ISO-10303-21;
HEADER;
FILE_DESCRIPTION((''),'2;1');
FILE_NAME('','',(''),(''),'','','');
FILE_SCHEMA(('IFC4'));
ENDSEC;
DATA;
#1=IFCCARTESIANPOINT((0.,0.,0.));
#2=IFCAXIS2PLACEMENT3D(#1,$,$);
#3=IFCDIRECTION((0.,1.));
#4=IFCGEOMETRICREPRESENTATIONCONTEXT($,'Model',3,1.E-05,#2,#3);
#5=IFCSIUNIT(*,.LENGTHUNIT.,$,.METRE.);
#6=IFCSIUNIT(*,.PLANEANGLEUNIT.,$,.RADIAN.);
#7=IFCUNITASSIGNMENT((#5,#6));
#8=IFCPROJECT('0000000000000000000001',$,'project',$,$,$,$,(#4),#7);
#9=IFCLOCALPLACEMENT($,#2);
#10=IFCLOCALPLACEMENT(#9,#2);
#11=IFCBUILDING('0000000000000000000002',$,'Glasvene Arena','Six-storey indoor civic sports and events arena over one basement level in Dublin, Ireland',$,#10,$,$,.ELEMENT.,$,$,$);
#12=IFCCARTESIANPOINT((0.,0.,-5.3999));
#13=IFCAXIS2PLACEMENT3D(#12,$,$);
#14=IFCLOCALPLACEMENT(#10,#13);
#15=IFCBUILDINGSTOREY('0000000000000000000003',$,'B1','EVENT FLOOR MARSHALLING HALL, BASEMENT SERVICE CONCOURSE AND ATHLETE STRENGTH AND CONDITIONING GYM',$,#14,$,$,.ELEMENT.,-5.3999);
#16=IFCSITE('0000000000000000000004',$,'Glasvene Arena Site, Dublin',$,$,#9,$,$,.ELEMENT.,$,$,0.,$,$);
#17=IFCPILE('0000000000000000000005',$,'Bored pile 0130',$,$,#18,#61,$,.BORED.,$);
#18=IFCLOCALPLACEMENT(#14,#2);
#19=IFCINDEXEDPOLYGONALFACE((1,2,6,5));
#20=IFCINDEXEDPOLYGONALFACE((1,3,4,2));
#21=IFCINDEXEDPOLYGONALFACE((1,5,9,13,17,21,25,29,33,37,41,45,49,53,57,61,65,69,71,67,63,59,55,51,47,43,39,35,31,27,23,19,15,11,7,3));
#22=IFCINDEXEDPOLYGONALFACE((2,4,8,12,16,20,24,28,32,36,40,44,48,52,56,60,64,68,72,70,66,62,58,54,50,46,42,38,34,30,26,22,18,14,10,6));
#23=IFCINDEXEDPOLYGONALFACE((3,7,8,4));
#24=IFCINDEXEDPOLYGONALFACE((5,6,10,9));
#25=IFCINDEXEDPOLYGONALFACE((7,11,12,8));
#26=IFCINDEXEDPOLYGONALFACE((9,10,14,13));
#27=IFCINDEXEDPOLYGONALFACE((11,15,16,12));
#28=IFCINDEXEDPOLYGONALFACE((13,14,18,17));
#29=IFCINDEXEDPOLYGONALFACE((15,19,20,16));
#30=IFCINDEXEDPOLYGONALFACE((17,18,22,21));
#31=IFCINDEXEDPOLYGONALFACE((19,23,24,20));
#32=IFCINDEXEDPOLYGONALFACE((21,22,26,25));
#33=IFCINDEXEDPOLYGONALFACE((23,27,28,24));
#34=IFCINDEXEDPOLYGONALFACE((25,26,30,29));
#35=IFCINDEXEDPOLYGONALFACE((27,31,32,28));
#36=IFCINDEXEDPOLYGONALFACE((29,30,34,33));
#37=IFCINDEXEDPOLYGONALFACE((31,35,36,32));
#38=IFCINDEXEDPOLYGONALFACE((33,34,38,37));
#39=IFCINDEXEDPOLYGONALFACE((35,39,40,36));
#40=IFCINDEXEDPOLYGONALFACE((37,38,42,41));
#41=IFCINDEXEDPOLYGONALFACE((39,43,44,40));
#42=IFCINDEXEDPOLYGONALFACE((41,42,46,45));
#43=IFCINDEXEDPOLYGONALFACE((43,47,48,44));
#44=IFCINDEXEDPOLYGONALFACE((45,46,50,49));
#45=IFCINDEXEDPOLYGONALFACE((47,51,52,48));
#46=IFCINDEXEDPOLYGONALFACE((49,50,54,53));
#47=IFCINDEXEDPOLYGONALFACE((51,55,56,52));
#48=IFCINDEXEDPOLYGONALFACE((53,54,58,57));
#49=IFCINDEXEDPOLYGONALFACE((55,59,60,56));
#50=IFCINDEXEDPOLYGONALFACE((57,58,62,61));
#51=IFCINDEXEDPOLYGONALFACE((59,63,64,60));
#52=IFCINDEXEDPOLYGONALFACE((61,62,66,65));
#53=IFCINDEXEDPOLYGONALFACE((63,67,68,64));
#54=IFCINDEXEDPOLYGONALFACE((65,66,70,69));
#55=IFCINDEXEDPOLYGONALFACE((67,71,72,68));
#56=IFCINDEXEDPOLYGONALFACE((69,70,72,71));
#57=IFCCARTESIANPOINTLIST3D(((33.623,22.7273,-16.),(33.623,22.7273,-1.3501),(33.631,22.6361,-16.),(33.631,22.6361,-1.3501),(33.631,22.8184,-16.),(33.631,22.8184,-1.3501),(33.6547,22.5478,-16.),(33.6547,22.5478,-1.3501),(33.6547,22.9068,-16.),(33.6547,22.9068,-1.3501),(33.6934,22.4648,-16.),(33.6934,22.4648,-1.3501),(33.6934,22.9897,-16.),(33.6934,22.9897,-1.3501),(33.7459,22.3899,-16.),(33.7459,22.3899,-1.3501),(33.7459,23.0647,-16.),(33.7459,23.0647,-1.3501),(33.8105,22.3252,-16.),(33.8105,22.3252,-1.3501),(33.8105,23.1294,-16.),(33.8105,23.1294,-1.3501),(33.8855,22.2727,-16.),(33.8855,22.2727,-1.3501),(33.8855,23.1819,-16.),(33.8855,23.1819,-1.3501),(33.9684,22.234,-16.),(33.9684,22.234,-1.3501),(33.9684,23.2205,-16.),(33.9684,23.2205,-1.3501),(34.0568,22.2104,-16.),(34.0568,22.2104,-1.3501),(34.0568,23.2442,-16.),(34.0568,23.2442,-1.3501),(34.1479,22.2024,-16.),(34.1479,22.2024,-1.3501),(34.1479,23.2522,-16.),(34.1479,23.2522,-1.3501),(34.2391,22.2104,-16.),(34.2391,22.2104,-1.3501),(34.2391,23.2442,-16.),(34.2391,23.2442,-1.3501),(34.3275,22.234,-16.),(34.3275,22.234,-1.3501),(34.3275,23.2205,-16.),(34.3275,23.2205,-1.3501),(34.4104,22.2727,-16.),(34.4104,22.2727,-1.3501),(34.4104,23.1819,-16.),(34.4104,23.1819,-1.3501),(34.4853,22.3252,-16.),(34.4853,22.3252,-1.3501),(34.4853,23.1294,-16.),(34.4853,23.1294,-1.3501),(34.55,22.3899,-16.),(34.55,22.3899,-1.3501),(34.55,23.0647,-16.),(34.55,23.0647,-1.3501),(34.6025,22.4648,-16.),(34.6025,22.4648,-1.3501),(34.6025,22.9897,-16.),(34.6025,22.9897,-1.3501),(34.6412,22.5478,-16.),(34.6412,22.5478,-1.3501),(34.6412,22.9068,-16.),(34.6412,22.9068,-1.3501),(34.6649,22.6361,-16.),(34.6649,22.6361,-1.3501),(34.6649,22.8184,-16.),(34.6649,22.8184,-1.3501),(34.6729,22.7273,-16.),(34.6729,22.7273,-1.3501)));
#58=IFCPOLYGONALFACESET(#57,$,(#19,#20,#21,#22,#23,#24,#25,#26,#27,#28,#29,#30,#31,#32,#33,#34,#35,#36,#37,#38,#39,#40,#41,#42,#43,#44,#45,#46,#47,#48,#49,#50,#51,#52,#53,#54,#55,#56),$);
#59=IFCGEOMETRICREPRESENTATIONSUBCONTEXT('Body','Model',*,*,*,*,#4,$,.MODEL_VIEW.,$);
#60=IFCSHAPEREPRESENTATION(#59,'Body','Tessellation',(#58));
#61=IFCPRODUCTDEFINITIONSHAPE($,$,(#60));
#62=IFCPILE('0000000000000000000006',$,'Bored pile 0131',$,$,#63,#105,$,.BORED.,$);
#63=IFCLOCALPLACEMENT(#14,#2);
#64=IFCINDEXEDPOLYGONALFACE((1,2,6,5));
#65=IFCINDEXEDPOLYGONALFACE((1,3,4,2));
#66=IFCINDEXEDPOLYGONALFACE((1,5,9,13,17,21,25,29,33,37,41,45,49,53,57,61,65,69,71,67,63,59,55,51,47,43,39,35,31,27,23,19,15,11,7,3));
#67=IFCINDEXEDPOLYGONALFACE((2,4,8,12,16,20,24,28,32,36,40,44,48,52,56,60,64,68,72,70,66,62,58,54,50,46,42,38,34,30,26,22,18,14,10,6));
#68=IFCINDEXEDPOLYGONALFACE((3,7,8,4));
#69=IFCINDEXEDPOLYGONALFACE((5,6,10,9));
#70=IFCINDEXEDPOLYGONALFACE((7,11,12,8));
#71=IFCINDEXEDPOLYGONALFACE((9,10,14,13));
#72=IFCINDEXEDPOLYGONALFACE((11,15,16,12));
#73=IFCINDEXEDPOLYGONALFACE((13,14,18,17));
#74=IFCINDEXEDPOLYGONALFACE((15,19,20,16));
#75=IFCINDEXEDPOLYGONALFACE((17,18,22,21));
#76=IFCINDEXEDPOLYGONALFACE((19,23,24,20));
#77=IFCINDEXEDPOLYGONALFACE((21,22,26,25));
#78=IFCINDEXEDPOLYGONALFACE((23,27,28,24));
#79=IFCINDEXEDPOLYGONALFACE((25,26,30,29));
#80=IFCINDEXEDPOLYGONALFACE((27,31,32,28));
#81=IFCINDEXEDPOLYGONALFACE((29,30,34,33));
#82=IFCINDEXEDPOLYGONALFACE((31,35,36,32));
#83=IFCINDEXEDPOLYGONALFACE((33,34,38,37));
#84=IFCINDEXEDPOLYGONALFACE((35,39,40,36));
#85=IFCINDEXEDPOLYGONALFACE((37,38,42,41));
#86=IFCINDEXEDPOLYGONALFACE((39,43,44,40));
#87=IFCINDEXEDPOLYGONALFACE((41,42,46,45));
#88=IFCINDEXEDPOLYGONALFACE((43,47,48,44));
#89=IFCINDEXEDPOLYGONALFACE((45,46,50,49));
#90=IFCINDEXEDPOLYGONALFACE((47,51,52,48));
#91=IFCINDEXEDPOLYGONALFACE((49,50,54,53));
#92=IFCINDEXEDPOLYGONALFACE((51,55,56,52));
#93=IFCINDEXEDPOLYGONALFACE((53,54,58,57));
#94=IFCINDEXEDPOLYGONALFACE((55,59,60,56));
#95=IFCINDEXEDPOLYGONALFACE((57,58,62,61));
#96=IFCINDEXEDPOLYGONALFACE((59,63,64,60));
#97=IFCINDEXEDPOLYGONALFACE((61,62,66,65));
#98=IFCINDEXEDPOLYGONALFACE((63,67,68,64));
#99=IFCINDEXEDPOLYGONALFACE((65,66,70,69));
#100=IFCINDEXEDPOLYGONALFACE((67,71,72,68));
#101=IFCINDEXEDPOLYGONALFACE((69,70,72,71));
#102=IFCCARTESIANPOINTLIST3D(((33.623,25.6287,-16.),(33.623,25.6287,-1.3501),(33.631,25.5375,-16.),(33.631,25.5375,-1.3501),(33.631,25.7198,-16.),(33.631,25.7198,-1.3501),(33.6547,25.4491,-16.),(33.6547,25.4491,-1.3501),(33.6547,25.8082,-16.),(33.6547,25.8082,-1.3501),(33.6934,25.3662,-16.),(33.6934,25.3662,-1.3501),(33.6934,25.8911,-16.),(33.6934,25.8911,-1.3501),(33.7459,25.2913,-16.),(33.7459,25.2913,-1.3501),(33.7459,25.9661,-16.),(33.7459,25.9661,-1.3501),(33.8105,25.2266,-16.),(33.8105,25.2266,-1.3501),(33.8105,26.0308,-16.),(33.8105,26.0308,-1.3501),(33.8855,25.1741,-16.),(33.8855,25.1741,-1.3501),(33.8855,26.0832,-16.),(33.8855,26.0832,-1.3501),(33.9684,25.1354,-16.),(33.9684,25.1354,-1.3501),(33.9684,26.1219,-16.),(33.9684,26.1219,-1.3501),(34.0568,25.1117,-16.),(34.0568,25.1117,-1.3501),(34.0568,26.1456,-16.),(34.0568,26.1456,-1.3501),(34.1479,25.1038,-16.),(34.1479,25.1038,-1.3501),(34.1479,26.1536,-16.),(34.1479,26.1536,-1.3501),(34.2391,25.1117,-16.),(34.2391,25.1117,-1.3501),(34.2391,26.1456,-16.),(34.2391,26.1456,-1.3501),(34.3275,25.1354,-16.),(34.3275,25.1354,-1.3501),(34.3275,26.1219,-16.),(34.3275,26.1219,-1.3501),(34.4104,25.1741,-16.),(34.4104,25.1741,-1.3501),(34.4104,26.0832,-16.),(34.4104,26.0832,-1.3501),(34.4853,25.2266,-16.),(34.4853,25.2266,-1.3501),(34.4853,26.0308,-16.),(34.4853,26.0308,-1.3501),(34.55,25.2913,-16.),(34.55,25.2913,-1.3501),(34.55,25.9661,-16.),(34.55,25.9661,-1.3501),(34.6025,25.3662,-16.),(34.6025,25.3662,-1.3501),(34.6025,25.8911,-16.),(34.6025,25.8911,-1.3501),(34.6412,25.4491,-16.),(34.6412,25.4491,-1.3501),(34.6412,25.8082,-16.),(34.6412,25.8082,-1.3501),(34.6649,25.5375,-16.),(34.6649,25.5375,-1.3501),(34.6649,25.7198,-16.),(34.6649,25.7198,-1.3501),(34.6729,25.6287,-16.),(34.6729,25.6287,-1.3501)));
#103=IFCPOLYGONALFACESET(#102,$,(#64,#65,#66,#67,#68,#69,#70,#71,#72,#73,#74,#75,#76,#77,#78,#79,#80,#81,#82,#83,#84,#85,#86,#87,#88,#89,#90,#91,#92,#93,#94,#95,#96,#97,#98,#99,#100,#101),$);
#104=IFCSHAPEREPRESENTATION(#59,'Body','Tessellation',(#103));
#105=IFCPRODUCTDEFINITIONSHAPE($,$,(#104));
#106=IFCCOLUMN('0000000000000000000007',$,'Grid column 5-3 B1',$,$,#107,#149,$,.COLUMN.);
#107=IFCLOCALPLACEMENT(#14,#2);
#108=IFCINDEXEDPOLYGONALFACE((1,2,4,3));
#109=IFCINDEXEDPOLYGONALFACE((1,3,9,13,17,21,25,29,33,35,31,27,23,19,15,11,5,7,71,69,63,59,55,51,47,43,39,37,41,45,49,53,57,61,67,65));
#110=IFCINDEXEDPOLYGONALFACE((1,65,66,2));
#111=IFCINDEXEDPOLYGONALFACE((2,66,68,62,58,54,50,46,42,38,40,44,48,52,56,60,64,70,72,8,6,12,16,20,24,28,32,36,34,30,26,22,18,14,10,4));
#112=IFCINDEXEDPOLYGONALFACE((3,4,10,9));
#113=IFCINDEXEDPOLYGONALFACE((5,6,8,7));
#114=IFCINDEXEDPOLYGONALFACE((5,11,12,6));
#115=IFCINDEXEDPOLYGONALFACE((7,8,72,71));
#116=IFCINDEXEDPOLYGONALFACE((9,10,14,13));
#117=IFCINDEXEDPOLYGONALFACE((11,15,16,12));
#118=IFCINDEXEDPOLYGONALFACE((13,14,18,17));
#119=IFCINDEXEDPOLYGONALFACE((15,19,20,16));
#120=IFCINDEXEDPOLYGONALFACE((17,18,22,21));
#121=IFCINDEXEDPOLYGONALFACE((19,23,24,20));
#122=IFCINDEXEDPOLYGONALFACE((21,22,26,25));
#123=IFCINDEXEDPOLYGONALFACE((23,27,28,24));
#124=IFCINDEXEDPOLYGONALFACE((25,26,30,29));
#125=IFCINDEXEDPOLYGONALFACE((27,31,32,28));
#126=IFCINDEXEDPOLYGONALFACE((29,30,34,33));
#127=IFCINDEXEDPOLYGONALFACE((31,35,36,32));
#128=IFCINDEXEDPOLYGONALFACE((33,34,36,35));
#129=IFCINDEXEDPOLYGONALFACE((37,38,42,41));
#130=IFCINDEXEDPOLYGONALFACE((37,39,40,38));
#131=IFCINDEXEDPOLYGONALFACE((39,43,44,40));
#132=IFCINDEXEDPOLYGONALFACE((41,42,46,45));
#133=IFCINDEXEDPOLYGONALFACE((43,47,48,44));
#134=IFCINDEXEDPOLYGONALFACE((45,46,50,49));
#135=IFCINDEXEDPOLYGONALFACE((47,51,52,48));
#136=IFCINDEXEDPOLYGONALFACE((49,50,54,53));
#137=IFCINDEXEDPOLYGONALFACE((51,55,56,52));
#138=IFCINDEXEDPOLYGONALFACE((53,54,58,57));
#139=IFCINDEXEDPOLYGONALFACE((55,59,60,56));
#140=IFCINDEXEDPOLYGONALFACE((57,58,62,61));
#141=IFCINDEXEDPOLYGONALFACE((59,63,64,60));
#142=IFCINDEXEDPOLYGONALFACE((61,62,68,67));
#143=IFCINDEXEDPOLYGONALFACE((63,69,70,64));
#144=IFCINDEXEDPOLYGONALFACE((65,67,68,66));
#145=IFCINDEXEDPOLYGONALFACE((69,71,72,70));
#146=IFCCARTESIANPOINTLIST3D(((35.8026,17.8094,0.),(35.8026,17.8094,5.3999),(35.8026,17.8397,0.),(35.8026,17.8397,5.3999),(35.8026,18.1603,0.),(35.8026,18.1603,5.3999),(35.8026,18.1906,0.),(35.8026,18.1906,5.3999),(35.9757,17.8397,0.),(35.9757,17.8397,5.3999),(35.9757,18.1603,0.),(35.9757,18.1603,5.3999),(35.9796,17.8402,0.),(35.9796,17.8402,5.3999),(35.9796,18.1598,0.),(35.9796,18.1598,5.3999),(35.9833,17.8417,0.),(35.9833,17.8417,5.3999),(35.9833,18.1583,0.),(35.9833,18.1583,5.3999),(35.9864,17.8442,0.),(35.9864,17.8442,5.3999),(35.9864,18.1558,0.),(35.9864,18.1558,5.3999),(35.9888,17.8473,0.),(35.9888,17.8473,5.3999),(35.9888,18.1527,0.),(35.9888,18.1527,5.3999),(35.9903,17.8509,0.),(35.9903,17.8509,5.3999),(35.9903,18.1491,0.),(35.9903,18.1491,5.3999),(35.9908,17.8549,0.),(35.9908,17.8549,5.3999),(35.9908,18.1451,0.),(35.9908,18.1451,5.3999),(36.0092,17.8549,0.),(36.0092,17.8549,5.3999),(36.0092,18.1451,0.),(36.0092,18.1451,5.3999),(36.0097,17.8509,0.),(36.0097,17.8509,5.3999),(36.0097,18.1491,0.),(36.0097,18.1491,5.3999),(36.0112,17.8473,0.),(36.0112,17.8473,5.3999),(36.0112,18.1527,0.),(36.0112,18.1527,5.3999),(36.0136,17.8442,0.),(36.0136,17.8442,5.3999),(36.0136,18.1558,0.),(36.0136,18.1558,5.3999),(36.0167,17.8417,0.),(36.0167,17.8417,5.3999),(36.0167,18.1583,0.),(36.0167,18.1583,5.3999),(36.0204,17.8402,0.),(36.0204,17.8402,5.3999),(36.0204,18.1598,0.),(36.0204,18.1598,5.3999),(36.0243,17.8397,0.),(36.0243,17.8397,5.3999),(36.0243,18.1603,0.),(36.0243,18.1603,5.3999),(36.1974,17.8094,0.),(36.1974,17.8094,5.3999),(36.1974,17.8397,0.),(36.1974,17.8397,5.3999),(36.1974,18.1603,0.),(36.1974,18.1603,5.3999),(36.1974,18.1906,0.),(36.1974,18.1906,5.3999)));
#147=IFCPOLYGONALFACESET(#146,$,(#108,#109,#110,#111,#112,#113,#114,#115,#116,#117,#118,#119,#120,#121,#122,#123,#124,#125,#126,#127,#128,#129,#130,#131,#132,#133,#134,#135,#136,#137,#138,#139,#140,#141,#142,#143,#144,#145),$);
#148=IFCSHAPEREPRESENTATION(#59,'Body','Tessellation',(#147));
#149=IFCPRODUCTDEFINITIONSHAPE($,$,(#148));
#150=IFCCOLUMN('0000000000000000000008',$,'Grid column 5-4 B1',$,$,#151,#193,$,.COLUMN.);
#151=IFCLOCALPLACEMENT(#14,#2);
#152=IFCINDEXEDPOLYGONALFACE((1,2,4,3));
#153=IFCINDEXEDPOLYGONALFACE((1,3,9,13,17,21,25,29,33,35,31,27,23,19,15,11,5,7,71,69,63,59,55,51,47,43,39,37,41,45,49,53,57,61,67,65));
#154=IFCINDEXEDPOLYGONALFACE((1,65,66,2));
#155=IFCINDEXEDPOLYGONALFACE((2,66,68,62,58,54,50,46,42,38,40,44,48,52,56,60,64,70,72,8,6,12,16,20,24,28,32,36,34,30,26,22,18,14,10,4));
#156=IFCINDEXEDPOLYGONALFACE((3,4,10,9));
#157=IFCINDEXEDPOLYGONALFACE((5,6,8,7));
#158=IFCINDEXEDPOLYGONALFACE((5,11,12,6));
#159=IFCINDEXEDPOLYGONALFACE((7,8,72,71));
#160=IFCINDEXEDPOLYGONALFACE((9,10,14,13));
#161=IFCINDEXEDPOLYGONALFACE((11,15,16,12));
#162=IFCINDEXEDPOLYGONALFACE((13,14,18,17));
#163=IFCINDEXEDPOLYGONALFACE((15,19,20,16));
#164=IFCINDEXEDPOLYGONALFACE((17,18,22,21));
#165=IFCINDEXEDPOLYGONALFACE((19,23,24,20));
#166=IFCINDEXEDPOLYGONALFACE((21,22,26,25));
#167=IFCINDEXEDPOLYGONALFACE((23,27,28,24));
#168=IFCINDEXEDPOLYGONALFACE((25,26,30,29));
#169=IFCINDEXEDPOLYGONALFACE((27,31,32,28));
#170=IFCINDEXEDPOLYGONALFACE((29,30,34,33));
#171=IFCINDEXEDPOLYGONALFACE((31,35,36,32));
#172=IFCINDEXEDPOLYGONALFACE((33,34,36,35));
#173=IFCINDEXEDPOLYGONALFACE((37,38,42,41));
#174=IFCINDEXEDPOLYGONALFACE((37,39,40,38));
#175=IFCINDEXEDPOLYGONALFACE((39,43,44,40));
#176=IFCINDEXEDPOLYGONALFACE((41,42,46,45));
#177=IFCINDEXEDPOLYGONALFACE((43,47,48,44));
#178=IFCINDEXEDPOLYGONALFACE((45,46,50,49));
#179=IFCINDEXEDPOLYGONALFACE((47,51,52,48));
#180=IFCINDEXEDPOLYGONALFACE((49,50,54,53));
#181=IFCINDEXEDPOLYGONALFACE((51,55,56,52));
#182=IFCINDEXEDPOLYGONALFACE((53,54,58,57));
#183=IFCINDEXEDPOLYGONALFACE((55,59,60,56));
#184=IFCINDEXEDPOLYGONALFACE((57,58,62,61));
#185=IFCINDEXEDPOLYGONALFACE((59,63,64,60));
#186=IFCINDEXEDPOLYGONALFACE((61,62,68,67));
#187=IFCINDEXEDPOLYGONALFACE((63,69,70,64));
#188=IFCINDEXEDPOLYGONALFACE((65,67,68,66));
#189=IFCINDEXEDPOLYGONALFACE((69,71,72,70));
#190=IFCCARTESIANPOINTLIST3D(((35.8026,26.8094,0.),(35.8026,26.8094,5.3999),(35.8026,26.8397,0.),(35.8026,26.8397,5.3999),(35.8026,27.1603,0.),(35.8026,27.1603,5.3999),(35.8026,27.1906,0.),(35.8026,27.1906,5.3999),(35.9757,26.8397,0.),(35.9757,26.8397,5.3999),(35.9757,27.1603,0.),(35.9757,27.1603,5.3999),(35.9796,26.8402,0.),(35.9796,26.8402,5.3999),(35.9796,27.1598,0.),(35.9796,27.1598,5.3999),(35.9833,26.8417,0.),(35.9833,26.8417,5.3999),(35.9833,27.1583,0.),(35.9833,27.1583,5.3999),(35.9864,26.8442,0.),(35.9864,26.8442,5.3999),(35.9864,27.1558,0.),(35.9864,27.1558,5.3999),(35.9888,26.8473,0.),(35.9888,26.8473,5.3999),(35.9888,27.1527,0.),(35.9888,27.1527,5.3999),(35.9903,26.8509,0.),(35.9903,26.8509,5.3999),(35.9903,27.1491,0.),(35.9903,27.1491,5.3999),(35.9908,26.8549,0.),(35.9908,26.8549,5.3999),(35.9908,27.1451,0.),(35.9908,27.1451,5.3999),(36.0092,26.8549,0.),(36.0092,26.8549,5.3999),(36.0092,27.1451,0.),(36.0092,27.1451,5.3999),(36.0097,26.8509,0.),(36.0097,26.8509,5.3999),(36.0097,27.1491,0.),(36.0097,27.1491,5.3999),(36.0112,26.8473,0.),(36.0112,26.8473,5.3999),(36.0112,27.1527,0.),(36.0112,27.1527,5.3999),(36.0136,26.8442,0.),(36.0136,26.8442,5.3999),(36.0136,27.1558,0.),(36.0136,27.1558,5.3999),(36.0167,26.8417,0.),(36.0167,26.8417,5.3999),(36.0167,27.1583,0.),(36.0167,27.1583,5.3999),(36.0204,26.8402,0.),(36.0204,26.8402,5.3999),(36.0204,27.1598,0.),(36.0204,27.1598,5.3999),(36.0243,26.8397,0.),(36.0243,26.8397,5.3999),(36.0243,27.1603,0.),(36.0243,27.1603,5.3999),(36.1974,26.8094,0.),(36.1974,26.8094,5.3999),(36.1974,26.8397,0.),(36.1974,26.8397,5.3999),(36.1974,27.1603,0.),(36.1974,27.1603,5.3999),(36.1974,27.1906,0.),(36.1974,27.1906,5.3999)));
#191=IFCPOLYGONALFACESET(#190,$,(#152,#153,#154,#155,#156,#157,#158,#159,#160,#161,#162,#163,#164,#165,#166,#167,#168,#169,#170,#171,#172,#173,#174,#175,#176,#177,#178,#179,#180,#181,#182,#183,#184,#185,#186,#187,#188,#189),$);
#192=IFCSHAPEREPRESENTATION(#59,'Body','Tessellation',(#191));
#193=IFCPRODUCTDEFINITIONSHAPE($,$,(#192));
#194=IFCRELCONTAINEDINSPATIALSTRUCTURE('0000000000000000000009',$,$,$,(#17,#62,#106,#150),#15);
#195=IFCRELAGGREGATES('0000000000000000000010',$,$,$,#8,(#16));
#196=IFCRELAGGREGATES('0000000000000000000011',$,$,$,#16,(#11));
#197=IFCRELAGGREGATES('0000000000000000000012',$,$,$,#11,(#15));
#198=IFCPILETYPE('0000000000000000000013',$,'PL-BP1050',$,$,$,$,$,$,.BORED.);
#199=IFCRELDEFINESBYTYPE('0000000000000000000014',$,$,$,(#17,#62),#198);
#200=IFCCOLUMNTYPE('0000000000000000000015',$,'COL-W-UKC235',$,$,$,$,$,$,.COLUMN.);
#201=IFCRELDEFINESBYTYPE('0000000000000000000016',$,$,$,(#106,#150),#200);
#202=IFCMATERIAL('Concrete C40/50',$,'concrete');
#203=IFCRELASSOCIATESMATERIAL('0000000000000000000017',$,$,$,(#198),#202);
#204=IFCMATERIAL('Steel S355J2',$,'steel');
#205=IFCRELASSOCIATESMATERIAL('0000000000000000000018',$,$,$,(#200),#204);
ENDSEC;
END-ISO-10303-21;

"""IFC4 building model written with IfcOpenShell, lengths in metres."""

from ifc_helpers import new_model, si_unit, direction, frame, origin, origin_2d, place, context, subcontext, project, spatial, circle, i_section, extrude, material, material_profile, profile_set, type_object, element, save


model = new_model("IFC4")

# Units and contexts
model_context = context("Model", 3, precision=1e-05, world=origin(), true_north=direction((0.0, 1.0)))
body_context = subcontext(model_context, "Body", "Model", "MODEL_VIEW")
ifc_project = project(units=[si_unit("LENGTHUNIT", "METRE"), si_unit("PLANEANGLEUNIT", "RADIAN")], contexts=[model_context])

# Site, building, storey
site_placement = place(None, origin())
site = spatial("IfcSite", under=ifc_project, at=site_placement, Name="Glasvene Arena Site, Dublin", CompositionType="ELEMENT", RefElevation=0.0)
building_placement = place(site_placement, origin())
building = spatial("IfcBuilding", under=site, at=building_placement, Name="Glasvene Arena", Description="Six-storey indoor civic sports and events arena over one basement level in Dublin, Ireland", CompositionType="ELEMENT")
storey_placement = place(building_placement, frame((0.0, 0.0, -5.3999)))
storey = spatial("IfcBuildingStorey", under=building, at=storey_placement, Name="B1", Description="EVENT FLOOR MARSHALLING HALL, BASEMENT SERVICE CONCOURSE AND ATHLETE STRENGTH AND CONDITIONING GYM", CompositionType="ELEMENT", Elevation=-5.3999)

# Piles
ifc_material_1 = material(Name="Concrete C40/50", Category="concrete")
ifc_material_profile_1 = material_profile(ifc_material_1, circle(Radius=0.5249, at=origin_2d()), Name="BORED PILE 1050")
ifc_profile_set_1 = profile_set([ifc_material_profile_1], Name="Concrete C40/50")
pile_type = type_object("IfcPileType", Name="PL-BP1050", PredefinedType="BORED", material=ifc_profile_set_1)
for number, where, z_axis, x_axis, name in (
    (1, (34.1479, 22.7273, -1.3501), (0.0, 0.0, -1.0), (1.0, 0.0, 0.0), "Bored pile 0130"),
    (2, (34.1479, 25.6287, -1.3501), (0.0, 0.0, -1.0), (1.0, 0.0, 0.0), "Bored pile 0131"),
):
    element("IfcPile", number, at=place(storey_placement, frame(where, z_axis=z_axis, x_axis=x_axis)), inside=storey, type_object=pile_type, Name=name, PredefinedType="BORED", context=body_context, shape_type="SweptSolid", body=[
        extrude(circle(Radius=0.5249, at=origin_2d()), origin(), (0.0, 0.0, 1.0), 14.6499),
    ])

# Columns
ifc_material_2 = material(Name="Steel S355J2", Category="steel")
ifc_material_profile_2 = material_profile(ifc_material_2, i_section(OverallWidth=0.3948, OverallDepth=0.3811, WebThickness=0.0183, FlangeThickness=0.0303, FilletRadius=0.0151, at=origin_2d()), Name="UKC 356x406x235")
ifc_profile_set_2 = profile_set([ifc_material_profile_2], Name="Steel S355J2")
column_type = type_object("IfcColumnType", Name="COL-W-UKC235", PredefinedType="COLUMN", material=ifc_profile_set_2)
for number, where, z_axis, x_axis, name in (
    (3, (36.0, 18.0, 0.0), (0.0, 0.0, 1.0), (1.0, 0.0, 0.0), "Grid column 5-3 B1"),
    (4, (36.0, 27.0, 0.0), (0.0, 0.0, 1.0), (1.0, 0.0, 0.0), "Grid column 5-4 B1"),
):
    element("IfcColumn", number, at=place(storey_placement, frame(where, z_axis=z_axis, x_axis=x_axis)), inside=storey, type_object=column_type, Name=name, PredefinedType="COLUMN", context=body_context, shape_type="SweptSolid", body=[
        extrude(i_section(OverallWidth=0.3948, OverallDepth=0.3811, WebThickness=0.0183, FlangeThickness=0.0303, FilletRadius=0.0151, at=origin_2d()), origin(), (0.0, 0.0, 1.0), 5.3999),
    ])

save(model, "model.ifc")
